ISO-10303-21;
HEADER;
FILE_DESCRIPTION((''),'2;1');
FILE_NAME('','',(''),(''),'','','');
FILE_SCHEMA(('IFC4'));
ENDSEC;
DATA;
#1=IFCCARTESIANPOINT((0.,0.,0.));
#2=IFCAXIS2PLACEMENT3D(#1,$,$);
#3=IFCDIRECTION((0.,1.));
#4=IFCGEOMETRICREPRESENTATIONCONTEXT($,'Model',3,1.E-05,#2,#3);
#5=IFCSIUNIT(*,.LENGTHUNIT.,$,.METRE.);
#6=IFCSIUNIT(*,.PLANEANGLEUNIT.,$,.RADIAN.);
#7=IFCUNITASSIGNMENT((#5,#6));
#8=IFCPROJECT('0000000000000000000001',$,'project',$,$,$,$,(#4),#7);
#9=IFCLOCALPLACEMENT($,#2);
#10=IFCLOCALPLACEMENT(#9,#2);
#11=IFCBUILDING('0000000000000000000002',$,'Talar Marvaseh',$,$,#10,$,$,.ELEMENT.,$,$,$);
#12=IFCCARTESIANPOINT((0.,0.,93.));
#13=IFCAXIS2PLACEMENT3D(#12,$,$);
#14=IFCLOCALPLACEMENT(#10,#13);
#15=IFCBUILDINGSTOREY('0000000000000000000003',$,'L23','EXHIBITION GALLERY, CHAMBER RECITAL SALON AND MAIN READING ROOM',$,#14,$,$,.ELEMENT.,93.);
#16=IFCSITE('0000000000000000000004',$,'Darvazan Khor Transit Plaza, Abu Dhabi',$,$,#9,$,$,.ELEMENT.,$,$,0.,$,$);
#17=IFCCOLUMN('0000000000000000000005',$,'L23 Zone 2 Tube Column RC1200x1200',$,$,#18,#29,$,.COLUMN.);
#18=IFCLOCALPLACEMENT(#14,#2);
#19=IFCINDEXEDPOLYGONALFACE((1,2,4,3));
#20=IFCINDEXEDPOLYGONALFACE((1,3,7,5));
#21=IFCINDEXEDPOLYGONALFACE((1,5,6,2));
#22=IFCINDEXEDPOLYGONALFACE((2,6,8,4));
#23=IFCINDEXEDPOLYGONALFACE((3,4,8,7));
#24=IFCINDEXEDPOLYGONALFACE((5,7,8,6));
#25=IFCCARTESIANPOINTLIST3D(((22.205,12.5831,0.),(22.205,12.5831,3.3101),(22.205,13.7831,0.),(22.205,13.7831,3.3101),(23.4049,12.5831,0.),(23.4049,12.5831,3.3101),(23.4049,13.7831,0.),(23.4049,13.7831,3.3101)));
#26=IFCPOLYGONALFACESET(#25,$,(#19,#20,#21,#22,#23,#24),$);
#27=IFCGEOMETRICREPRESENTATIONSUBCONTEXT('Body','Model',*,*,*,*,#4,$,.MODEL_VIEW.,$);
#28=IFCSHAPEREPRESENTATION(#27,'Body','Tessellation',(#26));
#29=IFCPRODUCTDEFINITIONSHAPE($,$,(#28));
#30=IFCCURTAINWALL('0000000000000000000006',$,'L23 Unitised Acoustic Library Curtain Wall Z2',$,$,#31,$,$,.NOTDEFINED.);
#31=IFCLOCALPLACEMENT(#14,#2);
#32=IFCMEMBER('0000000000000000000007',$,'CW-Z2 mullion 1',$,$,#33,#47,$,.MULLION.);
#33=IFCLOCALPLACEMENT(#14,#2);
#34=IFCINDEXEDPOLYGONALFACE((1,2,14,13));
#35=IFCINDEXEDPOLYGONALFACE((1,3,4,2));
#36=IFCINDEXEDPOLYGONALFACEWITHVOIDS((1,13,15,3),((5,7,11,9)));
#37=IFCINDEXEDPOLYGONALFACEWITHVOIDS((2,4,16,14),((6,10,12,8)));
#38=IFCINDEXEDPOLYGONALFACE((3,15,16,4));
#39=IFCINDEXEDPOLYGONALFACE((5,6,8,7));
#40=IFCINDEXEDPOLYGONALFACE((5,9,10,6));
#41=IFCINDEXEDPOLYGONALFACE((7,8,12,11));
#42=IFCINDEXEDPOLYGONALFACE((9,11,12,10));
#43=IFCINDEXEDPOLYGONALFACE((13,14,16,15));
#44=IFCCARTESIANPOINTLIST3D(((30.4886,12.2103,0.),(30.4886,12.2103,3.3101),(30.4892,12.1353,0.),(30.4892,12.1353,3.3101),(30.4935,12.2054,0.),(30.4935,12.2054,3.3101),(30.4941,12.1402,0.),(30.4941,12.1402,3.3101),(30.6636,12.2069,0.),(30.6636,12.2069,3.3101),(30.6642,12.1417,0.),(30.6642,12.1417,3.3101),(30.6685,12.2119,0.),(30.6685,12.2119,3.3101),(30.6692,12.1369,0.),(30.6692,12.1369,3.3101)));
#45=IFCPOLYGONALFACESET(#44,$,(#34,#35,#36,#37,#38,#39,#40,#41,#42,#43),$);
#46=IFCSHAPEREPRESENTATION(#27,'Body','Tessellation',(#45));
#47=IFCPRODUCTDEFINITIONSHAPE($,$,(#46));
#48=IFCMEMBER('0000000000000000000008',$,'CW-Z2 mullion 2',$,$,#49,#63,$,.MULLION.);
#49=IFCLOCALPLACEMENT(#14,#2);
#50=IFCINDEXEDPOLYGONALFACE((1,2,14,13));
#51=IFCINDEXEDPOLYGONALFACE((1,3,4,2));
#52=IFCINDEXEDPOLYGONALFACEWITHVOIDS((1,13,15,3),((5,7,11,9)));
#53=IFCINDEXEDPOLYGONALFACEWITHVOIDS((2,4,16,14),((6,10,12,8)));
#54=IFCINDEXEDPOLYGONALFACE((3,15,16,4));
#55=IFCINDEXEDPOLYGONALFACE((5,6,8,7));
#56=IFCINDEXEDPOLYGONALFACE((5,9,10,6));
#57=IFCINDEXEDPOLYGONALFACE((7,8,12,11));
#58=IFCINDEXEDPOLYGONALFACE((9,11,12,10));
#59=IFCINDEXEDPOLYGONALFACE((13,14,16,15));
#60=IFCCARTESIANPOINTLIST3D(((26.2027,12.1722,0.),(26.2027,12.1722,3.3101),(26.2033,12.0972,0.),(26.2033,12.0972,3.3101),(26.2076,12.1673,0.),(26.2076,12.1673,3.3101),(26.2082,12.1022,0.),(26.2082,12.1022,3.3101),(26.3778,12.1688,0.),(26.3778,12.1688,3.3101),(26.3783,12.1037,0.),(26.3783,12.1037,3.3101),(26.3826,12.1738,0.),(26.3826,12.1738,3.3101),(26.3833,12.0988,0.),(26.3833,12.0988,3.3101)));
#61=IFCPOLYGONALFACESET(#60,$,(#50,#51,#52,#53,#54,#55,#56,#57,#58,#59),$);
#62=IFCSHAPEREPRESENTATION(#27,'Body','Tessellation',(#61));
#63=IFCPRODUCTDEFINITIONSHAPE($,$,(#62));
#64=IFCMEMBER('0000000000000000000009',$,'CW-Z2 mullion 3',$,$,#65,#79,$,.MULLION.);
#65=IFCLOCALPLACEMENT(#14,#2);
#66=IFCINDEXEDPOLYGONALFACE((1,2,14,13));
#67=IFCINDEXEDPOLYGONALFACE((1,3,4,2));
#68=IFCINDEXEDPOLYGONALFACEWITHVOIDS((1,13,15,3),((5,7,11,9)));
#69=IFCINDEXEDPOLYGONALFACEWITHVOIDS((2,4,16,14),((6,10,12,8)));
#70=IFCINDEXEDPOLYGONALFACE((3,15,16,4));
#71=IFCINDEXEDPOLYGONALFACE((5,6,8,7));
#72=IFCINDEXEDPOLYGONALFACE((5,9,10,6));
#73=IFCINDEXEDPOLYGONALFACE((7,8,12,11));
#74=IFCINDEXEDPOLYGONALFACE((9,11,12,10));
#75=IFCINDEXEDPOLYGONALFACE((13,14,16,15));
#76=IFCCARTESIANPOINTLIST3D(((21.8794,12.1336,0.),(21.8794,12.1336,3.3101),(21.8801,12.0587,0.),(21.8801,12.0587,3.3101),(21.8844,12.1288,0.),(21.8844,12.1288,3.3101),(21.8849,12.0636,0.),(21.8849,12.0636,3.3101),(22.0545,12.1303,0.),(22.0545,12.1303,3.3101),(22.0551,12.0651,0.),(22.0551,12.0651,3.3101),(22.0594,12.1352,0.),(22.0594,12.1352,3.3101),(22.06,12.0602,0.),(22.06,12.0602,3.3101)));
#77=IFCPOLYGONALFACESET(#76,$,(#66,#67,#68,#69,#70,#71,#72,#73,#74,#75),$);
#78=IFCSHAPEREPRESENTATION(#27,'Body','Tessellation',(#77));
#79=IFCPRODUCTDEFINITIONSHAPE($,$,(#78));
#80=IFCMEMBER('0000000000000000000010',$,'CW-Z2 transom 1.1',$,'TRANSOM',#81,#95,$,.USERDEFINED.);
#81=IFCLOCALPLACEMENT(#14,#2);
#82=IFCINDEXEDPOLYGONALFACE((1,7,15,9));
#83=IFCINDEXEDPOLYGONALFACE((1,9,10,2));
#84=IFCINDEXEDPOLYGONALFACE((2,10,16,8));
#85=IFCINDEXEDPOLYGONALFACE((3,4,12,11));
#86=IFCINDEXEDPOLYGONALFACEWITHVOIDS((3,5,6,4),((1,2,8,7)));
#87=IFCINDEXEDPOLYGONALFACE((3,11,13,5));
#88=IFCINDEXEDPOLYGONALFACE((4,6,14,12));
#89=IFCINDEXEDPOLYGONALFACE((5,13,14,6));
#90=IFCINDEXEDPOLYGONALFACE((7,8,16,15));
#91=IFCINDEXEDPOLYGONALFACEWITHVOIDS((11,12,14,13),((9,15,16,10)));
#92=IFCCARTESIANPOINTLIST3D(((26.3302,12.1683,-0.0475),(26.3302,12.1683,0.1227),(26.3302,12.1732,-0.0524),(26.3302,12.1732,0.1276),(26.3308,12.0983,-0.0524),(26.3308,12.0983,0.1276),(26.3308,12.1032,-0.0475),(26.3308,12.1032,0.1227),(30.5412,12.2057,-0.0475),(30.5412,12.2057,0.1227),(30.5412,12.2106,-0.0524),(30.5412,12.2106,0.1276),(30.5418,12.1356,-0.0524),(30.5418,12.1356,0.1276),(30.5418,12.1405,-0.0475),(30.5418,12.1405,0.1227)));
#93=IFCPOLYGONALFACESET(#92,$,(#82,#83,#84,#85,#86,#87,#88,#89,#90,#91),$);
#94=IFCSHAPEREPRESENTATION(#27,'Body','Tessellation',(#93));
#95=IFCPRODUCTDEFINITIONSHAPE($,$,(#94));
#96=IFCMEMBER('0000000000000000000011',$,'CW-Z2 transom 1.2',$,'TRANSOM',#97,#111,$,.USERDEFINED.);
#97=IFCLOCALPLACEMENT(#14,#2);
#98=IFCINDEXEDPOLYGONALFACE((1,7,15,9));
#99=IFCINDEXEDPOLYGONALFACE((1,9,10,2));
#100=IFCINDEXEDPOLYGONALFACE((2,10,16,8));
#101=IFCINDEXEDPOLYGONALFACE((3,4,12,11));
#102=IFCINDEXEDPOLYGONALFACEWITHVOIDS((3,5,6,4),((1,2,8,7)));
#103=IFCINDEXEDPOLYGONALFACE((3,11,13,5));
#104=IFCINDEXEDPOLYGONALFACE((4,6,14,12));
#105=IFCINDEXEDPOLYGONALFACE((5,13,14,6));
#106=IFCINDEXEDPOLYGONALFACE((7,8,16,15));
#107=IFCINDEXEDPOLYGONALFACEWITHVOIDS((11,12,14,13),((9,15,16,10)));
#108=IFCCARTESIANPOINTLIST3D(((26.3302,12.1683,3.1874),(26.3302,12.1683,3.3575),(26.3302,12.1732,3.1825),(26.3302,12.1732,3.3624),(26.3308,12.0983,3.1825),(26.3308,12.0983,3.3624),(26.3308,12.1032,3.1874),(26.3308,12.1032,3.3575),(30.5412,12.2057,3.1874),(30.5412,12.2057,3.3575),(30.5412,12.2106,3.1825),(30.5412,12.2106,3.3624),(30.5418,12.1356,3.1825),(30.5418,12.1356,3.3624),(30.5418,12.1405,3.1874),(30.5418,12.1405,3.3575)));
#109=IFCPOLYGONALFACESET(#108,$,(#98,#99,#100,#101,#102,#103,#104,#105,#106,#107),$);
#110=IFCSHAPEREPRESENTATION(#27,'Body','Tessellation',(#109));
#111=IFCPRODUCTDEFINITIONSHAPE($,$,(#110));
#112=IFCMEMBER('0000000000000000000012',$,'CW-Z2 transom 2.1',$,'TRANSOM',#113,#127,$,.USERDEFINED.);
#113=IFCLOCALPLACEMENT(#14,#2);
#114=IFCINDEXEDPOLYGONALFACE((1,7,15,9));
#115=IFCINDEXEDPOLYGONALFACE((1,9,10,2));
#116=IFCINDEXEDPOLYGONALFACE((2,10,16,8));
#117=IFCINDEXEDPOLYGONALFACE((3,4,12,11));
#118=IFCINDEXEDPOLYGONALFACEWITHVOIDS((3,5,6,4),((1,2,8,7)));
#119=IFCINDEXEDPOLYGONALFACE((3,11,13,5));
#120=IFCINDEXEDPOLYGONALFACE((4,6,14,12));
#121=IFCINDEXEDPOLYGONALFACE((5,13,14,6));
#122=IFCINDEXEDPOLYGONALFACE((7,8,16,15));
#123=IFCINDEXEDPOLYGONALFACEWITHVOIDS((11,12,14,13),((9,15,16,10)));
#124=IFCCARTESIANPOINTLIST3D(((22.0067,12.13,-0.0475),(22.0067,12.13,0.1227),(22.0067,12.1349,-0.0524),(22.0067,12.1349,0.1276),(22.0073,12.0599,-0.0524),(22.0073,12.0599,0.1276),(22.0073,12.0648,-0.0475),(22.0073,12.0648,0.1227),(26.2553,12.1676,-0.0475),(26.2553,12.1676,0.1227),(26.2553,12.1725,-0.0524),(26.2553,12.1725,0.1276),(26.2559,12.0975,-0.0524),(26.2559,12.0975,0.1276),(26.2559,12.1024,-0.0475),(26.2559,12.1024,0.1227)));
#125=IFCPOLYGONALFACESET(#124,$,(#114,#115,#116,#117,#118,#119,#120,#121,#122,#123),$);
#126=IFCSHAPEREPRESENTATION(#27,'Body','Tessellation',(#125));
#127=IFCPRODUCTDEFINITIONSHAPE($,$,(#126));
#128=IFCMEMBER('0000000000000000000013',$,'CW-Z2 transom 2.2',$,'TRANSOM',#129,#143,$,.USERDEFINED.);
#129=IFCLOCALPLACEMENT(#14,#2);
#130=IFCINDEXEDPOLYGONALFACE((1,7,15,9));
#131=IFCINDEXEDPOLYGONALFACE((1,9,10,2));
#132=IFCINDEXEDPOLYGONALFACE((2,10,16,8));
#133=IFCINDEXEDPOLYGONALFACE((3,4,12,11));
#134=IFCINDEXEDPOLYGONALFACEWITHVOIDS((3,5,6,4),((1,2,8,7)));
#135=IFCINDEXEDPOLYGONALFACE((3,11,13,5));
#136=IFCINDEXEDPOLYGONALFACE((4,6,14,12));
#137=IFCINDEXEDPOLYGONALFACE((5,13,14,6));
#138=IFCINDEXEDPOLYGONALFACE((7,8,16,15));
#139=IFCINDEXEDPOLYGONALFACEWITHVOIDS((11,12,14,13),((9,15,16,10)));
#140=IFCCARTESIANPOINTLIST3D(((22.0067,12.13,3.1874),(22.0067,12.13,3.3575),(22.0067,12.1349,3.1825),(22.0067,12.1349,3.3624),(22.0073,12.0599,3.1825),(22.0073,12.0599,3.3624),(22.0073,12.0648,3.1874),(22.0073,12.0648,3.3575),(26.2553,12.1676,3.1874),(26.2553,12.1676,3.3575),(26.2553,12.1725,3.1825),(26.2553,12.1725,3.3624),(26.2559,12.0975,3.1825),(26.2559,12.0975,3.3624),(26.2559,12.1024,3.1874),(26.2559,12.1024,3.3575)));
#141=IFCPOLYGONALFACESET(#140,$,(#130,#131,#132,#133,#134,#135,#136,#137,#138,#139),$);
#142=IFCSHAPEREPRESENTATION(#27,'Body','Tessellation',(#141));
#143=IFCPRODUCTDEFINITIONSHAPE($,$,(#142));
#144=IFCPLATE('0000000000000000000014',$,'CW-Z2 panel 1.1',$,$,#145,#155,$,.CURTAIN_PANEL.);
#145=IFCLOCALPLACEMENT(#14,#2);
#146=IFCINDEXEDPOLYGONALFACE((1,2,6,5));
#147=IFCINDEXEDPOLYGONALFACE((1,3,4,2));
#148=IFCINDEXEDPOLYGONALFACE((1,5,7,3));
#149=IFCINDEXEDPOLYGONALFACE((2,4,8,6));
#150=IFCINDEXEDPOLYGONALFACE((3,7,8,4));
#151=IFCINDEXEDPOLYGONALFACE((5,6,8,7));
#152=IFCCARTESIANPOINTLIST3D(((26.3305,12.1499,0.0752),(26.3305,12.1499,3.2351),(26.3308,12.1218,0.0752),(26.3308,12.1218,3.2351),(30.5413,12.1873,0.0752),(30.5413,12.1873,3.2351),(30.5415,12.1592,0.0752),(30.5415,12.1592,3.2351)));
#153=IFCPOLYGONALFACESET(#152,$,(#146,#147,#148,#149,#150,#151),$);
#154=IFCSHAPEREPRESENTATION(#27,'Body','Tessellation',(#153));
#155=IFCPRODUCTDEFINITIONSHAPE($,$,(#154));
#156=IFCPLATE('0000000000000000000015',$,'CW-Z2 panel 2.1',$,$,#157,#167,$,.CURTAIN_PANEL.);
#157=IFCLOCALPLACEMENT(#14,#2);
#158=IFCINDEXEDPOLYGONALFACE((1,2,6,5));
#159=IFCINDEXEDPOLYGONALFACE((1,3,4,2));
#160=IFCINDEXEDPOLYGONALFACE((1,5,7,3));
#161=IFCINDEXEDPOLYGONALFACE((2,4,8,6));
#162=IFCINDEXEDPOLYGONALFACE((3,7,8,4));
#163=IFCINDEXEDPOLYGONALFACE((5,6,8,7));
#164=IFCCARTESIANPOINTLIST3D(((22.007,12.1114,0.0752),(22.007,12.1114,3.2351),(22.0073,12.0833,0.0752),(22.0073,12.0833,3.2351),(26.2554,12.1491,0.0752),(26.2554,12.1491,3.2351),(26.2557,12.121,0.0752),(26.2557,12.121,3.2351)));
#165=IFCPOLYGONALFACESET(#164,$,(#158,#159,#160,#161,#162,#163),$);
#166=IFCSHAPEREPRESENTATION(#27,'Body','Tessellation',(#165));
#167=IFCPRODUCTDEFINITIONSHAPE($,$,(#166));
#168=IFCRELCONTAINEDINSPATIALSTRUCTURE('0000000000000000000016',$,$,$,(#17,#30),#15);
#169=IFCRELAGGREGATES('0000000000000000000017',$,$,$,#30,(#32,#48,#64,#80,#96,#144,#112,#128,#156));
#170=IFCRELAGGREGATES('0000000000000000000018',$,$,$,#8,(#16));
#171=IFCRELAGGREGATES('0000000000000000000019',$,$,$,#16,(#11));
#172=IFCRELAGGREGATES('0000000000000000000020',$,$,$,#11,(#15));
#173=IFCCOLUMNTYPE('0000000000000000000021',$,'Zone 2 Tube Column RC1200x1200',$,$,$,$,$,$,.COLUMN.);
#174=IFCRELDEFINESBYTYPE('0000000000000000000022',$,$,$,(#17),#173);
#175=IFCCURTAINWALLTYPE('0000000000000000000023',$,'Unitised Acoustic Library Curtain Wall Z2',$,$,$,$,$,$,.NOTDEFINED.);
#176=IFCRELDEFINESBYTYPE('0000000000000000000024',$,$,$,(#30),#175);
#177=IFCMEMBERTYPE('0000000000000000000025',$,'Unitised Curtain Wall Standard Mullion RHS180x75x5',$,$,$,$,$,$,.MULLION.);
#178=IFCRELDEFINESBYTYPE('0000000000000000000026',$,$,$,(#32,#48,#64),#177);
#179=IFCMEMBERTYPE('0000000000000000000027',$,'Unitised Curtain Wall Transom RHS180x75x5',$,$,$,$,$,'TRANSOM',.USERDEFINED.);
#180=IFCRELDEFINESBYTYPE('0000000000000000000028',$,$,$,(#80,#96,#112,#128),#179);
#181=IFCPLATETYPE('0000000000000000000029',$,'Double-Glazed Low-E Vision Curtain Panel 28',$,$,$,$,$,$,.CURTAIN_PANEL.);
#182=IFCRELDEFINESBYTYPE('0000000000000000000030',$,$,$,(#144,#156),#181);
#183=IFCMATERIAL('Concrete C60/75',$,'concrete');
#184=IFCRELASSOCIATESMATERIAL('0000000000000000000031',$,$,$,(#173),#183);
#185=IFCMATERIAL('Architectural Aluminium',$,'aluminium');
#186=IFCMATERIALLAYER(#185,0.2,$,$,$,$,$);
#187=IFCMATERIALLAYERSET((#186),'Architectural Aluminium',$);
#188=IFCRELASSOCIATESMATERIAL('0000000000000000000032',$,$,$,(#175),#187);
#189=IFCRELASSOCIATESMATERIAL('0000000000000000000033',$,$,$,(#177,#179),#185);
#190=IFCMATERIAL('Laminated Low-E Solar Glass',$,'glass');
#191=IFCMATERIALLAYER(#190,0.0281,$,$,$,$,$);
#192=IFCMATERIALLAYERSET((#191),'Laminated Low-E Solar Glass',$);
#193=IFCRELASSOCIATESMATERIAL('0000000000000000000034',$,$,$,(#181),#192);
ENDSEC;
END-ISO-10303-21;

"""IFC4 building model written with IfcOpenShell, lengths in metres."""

from ifc_helpers import new_model, si_unit, direction, frame, origin, origin_2d, place, context, subcontext, project, spatial, rectangle, hollow_rectangle, extrude, source, transform, mapped, material, layer, layer_set, material_profile, profile_set, type_object, type_shapes, element, aggregate, save


model = new_model("IFC4")

# Units and contexts
model_context = context("Model", 3, precision=1e-05, world=origin(), true_north=direction((0.0, 1.0)))
body_context = subcontext(model_context, "Body", "Model", "MODEL_VIEW")
ifc_project = project(units=[si_unit("LENGTHUNIT", "METRE"), si_unit("PLANEANGLEUNIT", "RADIAN")], contexts=[model_context])

# Site, building, storey
site_placement = place(None, origin())
site = spatial("IfcSite", under=ifc_project, at=site_placement, Name="Darvazan Khor Transit Plaza, Abu Dhabi", CompositionType="ELEMENT", RefElevation=0.0)
building_placement = place(site_placement, origin())
building = spatial("IfcBuilding", under=site, at=building_placement, Name="Talar Marvaseh", CompositionType="ELEMENT")
storey_placement = place(building_placement, frame((0.0, 0.0, 93.0)))
storey = spatial("IfcBuildingStorey", under=building, at=storey_placement, Name="L23", Description="EXHIBITION GALLERY, CHAMBER RECITAL SALON AND MAIN READING ROOM", CompositionType="ELEMENT", Elevation=93.0)

# Column
ifc_material_1 = material(Name="Concrete C60/75", Category="concrete")
ifc_material_profile_1 = material_profile(ifc_material_1, rectangle(XDim=1.2, YDim=1.2, at=origin_2d()), Name="RC1200x1200")
ifc_profile_set_1 = profile_set([ifc_material_profile_1], Name="Concrete C60/75")
column_type = type_object("IfcColumnType", Name="Zone 2 Tube Column RC1200x1200", PredefinedType="COLUMN", material=ifc_profile_set_1)
column_placement = place(storey_placement, frame((22.8049, 13.1831, 0.0), z_axis=(0.0, 0.0, 1.0), x_axis=(1.0, 0.0, 0.0)))
element("IfcColumn", 1, at=column_placement, inside=storey, type_object=column_type, Name="L23 Zone 2 Tube Column RC1200x1200", PredefinedType="COLUMN", context=body_context, shape_type="SweptSolid", body=[
    extrude(rectangle(XDim=1.2, YDim=1.2, at=origin_2d()), origin(), (0.0, 0.0, 1.0), 3.3101),
])

# Curtain wall, members, plates
ifc_material_2 = material(Name="Architectural Aluminium", Category="aluminium")
ifc_layer_1 = layer(ifc_material_2, 0.2)
ifc_layer_set_1 = layer_set([ifc_layer_1], Name="Architectural Aluminium")
curtain_wall_type = type_object("IfcCurtainWallType", Name="Unitised Acoustic Library Curtain Wall Z2", PredefinedType="NOTDEFINED", material=ifc_layer_set_1)
curtain_wall_placement = place(storey_placement, origin())
curtain_wall = element("IfcCurtainWall", 2, at=curtain_wall_placement, inside=storey, type_object=curtain_wall_type, Name="L23 Unitised Acoustic Library Curtain Wall Z2", PredefinedType="NOTDEFINED")
ifc_material_profile_2 = material_profile(ifc_material_2, hollow_rectangle(XDim=0.075, YDim=0.1799, WallThickness=0.0049, at=origin_2d()), Name="RHS180x75x5")
ifc_profile_set_2 = profile_set([ifc_material_profile_2], Name="Architectural Aluminium")
member_type_1 = type_object("IfcMemberType", Name="Unitised Curtain Wall Standard Mullion RHS180x75x5", PredefinedType="MULLION", material=ifc_profile_set_2)
shared_shape_1 = source(origin(), body_context, "Body", "SweptSolid", [
    extrude(hollow_rectangle(XDim=0.075, YDim=0.1799, WallThickness=0.0049, at=origin_2d()), origin(), (0.0, 0.0, 1.0), 3.3101),
])
type_shapes(member_type_1, [shared_shape_1])
member_1_placement = place(storey_placement, frame((30.5789, 12.1736, 0.0), z_axis=(0.0, 0.0, 1.0), x_axis=(0.008882, -0.999961, 0.0)))
member_1 = element("IfcMember", 3, at=member_1_placement, type_object=member_type_1, Name="CW-Z2 mullion 1", PredefinedType="MULLION", context=body_context, shape_type="MappedRepresentation", body=[
    mapped(shared_shape_1, transform((0.0, 0.0, 0.0), x_axis=(1.0, 0.0, 0.0), y_axis=(0.0, 1.0, 0.0), z_axis=(0.0, 0.0, 1.0), scale=1.0)),
])
member_2_placement = place(storey_placement, frame((26.293, 12.1355, 0.0), z_axis=(0.0, 0.0, 1.0), x_axis=(0.008882, -0.999961, 0.0)))
member_2 = element("IfcMember", 4, at=member_2_placement, type_object=member_type_1, Name="CW-Z2 mullion 2", PredefinedType="MULLION", context=body_context, shape_type="MappedRepresentation", body=[
    mapped(shared_shape_1, transform((0.0, 0.0, 0.0), x_axis=(1.0, 0.0, 0.0), y_axis=(0.0, 1.0, 0.0), z_axis=(0.0, 0.0, 1.0), scale=1.0)),
])
member_3_placement = place(storey_placement, frame((21.9697, 12.0969, 0.0), z_axis=(0.0, 0.0, 1.0), x_axis=(0.008882, -0.999961, 0.0)))
member_3 = element("IfcMember", 5, at=member_3_placement, type_object=member_type_1, Name="CW-Z2 mullion 3", PredefinedType="MULLION", context=body_context, shape_type="MappedRepresentation", body=[
    mapped(shared_shape_1, transform((0.0, 0.0, 0.0), x_axis=(1.0, 0.0, 0.0), y_axis=(0.0, 1.0, 0.0), z_axis=(0.0, 0.0, 1.0), scale=1.0)),
])
ifc_material_profile_3 = material_profile(ifc_material_2, hollow_rectangle(XDim=0.075, YDim=0.1799, WallThickness=0.0049, at=origin_2d()), Name="RHS180x75x5")
ifc_profile_set_3 = profile_set([ifc_material_profile_3], Name="Architectural Aluminium")
member_type_2 = type_object("IfcMemberType", Name="Unitised Curtain Wall Transom RHS180x75x5", ElementType="TRANSOM", PredefinedType="USERDEFINED", material=ifc_profile_set_3)
shared_shape_2 = source(origin(), body_context, "Body", "SweptSolid", [
    extrude(hollow_rectangle(XDim=0.075, YDim=0.1799, WallThickness=0.0049, at=origin_2d()), origin(), (0.0, 0.0, 1.0), 4.2112),
])
member_4_placement = place(storey_placement, frame((30.5415, 12.1731, 0.0376), z_axis=(-0.999961, -0.00887, 0.0), x_axis=(0.00887, -0.999961, 0.0)))
member_4 = element("IfcMember", 6, at=member_4_placement, type_object=member_type_2, Name="CW-Z2 transom 1.1", ObjectType="TRANSOM", PredefinedType="USERDEFINED", context=body_context, shape_type="MappedRepresentation", body=[
    mapped(shared_shape_2, transform((0.0, 0.0, 0.0), x_axis=(1.0, 0.0, 0.0), y_axis=(0.0, 1.0, 0.0), z_axis=(0.0, 0.0, 1.0), scale=1.0)),
])
member_5_placement = place(storey_placement, frame((30.5415, 12.1731, 3.2725), z_axis=(-0.999961, -0.00887, 0.0), x_axis=(0.00887, -0.999961, 0.0)))
member_5 = element("IfcMember", 7, at=member_5_placement, type_object=member_type_2, Name="CW-Z2 transom 1.2", ObjectType="TRANSOM", PredefinedType="USERDEFINED", context=body_context, shape_type="MappedRepresentation", body=[
    mapped(shared_shape_2, transform((0.0, 0.0, 0.0), x_axis=(1.0, 0.0, 0.0), y_axis=(0.0, 1.0, 0.0), z_axis=(0.0, 0.0, 1.0), scale=1.0)),
])
shared_shape_3 = source(origin(), body_context, "Body", "SweptSolid", [
    extrude(hollow_rectangle(XDim=0.075, YDim=0.1799, WallThickness=0.0049, at=origin_2d()), origin(), (0.0, 0.0, 1.0), 4.2488),
])
type_shapes(member_type_2, [shared_shape_2, shared_shape_3])
member_6_placement = place(storey_placement, frame((26.2556, 12.135, 0.0376), z_axis=(-0.999961, -0.008849, 0.0), x_axis=(0.008849, -0.999961, 0.0)))
member_6 = element("IfcMember", 8, at=member_6_placement, type_object=member_type_2, Name="CW-Z2 transom 2.1", ObjectType="TRANSOM", PredefinedType="USERDEFINED", context=body_context, shape_type="MappedRepresentation", body=[
    mapped(shared_shape_3, transform((0.0, 0.0, 0.0), x_axis=(1.0, 0.0, 0.0), y_axis=(0.0, 1.0, 0.0), z_axis=(0.0, 0.0, 1.0), scale=1.0)),
])
member_7_placement = place(storey_placement, frame((26.2556, 12.135, 3.2725), z_axis=(-0.999961, -0.008849, 0.0), x_axis=(0.008849, -0.999961, 0.0)))
member_7 = element("IfcMember", 9, at=member_7_placement, type_object=member_type_2, Name="CW-Z2 transom 2.2", ObjectType="TRANSOM", PredefinedType="USERDEFINED", context=body_context, shape_type="MappedRepresentation", body=[
    mapped(shared_shape_3, transform((0.0, 0.0, 0.0), x_axis=(1.0, 0.0, 0.0), y_axis=(0.0, 1.0, 0.0), z_axis=(0.0, 0.0, 1.0), scale=1.0)),
])
ifc_material_3 = material(Name="Laminated Low-E Solar Glass", Category="glass")
ifc_layer_2 = layer(ifc_material_3, 0.0281)
ifc_layer_set_2 = layer_set([ifc_layer_2], Name="Laminated Low-E Solar Glass")
plate_type = type_object("IfcPlateType", Name="Double-Glazed Low-E Vision Curtain Panel 28", PredefinedType="CURTAIN_PANEL", material=ifc_layer_set_2)
shared_shape_4 = source(origin(), body_context, "Body", "SweptSolid", [
    extrude(rectangle(XDim=4.2109, YDim=0.0281, at=origin_2d()), origin(), (0.0, 0.0, 1.0), 3.1599),
])
plate_1_placement = place(storey_placement, frame((28.436, 12.1545, 0.0752), z_axis=(0.0, 0.0, 1.0), x_axis=(-0.999961, -0.008882, 0.0)))
plate_1 = element("IfcPlate", 10, at=plate_1_placement, type_object=plate_type, Name="CW-Z2 panel 1.1", PredefinedType="CURTAIN_PANEL", context=body_context, shape_type="MappedRepresentation", body=[
    mapped(shared_shape_4, transform((0.0, 0.0, 0.0), x_axis=(1.0, 0.0, 0.0), y_axis=(0.0, 1.0, 0.0), z_axis=(0.0, 0.0, 1.0), scale=1.0)),
])
shared_shape_5 = source(origin(), body_context, "Body", "SweptSolid", [
    extrude(rectangle(XDim=4.2485, YDim=0.0281, at=origin_2d()), origin(), (0.0, 0.0, 1.0), 3.1599),
])
type_shapes(plate_type, [shared_shape_4, shared_shape_5])
plate_2_placement = place(storey_placement, frame((24.1313, 12.1162, 0.0752), z_axis=(0.0, 0.0, 1.0), x_axis=(-0.999961, -0.008882, 0.0)))
plate_2 = element("IfcPlate", 11, at=plate_2_placement, type_object=plate_type, Name="CW-Z2 panel 2.1", PredefinedType="CURTAIN_PANEL", context=body_context, shape_type="MappedRepresentation", body=[
    mapped(shared_shape_5, transform((0.0, 0.0, 0.0), x_axis=(1.0, 0.0, 0.0), y_axis=(0.0, 1.0, 0.0), z_axis=(0.0, 0.0, 1.0), scale=1.0)),
])
aggregate(curtain_wall, [member_1, member_2, member_3, member_4, member_5, plate_1, member_6, member_7, plate_2])

save(model, "model.ifc")
